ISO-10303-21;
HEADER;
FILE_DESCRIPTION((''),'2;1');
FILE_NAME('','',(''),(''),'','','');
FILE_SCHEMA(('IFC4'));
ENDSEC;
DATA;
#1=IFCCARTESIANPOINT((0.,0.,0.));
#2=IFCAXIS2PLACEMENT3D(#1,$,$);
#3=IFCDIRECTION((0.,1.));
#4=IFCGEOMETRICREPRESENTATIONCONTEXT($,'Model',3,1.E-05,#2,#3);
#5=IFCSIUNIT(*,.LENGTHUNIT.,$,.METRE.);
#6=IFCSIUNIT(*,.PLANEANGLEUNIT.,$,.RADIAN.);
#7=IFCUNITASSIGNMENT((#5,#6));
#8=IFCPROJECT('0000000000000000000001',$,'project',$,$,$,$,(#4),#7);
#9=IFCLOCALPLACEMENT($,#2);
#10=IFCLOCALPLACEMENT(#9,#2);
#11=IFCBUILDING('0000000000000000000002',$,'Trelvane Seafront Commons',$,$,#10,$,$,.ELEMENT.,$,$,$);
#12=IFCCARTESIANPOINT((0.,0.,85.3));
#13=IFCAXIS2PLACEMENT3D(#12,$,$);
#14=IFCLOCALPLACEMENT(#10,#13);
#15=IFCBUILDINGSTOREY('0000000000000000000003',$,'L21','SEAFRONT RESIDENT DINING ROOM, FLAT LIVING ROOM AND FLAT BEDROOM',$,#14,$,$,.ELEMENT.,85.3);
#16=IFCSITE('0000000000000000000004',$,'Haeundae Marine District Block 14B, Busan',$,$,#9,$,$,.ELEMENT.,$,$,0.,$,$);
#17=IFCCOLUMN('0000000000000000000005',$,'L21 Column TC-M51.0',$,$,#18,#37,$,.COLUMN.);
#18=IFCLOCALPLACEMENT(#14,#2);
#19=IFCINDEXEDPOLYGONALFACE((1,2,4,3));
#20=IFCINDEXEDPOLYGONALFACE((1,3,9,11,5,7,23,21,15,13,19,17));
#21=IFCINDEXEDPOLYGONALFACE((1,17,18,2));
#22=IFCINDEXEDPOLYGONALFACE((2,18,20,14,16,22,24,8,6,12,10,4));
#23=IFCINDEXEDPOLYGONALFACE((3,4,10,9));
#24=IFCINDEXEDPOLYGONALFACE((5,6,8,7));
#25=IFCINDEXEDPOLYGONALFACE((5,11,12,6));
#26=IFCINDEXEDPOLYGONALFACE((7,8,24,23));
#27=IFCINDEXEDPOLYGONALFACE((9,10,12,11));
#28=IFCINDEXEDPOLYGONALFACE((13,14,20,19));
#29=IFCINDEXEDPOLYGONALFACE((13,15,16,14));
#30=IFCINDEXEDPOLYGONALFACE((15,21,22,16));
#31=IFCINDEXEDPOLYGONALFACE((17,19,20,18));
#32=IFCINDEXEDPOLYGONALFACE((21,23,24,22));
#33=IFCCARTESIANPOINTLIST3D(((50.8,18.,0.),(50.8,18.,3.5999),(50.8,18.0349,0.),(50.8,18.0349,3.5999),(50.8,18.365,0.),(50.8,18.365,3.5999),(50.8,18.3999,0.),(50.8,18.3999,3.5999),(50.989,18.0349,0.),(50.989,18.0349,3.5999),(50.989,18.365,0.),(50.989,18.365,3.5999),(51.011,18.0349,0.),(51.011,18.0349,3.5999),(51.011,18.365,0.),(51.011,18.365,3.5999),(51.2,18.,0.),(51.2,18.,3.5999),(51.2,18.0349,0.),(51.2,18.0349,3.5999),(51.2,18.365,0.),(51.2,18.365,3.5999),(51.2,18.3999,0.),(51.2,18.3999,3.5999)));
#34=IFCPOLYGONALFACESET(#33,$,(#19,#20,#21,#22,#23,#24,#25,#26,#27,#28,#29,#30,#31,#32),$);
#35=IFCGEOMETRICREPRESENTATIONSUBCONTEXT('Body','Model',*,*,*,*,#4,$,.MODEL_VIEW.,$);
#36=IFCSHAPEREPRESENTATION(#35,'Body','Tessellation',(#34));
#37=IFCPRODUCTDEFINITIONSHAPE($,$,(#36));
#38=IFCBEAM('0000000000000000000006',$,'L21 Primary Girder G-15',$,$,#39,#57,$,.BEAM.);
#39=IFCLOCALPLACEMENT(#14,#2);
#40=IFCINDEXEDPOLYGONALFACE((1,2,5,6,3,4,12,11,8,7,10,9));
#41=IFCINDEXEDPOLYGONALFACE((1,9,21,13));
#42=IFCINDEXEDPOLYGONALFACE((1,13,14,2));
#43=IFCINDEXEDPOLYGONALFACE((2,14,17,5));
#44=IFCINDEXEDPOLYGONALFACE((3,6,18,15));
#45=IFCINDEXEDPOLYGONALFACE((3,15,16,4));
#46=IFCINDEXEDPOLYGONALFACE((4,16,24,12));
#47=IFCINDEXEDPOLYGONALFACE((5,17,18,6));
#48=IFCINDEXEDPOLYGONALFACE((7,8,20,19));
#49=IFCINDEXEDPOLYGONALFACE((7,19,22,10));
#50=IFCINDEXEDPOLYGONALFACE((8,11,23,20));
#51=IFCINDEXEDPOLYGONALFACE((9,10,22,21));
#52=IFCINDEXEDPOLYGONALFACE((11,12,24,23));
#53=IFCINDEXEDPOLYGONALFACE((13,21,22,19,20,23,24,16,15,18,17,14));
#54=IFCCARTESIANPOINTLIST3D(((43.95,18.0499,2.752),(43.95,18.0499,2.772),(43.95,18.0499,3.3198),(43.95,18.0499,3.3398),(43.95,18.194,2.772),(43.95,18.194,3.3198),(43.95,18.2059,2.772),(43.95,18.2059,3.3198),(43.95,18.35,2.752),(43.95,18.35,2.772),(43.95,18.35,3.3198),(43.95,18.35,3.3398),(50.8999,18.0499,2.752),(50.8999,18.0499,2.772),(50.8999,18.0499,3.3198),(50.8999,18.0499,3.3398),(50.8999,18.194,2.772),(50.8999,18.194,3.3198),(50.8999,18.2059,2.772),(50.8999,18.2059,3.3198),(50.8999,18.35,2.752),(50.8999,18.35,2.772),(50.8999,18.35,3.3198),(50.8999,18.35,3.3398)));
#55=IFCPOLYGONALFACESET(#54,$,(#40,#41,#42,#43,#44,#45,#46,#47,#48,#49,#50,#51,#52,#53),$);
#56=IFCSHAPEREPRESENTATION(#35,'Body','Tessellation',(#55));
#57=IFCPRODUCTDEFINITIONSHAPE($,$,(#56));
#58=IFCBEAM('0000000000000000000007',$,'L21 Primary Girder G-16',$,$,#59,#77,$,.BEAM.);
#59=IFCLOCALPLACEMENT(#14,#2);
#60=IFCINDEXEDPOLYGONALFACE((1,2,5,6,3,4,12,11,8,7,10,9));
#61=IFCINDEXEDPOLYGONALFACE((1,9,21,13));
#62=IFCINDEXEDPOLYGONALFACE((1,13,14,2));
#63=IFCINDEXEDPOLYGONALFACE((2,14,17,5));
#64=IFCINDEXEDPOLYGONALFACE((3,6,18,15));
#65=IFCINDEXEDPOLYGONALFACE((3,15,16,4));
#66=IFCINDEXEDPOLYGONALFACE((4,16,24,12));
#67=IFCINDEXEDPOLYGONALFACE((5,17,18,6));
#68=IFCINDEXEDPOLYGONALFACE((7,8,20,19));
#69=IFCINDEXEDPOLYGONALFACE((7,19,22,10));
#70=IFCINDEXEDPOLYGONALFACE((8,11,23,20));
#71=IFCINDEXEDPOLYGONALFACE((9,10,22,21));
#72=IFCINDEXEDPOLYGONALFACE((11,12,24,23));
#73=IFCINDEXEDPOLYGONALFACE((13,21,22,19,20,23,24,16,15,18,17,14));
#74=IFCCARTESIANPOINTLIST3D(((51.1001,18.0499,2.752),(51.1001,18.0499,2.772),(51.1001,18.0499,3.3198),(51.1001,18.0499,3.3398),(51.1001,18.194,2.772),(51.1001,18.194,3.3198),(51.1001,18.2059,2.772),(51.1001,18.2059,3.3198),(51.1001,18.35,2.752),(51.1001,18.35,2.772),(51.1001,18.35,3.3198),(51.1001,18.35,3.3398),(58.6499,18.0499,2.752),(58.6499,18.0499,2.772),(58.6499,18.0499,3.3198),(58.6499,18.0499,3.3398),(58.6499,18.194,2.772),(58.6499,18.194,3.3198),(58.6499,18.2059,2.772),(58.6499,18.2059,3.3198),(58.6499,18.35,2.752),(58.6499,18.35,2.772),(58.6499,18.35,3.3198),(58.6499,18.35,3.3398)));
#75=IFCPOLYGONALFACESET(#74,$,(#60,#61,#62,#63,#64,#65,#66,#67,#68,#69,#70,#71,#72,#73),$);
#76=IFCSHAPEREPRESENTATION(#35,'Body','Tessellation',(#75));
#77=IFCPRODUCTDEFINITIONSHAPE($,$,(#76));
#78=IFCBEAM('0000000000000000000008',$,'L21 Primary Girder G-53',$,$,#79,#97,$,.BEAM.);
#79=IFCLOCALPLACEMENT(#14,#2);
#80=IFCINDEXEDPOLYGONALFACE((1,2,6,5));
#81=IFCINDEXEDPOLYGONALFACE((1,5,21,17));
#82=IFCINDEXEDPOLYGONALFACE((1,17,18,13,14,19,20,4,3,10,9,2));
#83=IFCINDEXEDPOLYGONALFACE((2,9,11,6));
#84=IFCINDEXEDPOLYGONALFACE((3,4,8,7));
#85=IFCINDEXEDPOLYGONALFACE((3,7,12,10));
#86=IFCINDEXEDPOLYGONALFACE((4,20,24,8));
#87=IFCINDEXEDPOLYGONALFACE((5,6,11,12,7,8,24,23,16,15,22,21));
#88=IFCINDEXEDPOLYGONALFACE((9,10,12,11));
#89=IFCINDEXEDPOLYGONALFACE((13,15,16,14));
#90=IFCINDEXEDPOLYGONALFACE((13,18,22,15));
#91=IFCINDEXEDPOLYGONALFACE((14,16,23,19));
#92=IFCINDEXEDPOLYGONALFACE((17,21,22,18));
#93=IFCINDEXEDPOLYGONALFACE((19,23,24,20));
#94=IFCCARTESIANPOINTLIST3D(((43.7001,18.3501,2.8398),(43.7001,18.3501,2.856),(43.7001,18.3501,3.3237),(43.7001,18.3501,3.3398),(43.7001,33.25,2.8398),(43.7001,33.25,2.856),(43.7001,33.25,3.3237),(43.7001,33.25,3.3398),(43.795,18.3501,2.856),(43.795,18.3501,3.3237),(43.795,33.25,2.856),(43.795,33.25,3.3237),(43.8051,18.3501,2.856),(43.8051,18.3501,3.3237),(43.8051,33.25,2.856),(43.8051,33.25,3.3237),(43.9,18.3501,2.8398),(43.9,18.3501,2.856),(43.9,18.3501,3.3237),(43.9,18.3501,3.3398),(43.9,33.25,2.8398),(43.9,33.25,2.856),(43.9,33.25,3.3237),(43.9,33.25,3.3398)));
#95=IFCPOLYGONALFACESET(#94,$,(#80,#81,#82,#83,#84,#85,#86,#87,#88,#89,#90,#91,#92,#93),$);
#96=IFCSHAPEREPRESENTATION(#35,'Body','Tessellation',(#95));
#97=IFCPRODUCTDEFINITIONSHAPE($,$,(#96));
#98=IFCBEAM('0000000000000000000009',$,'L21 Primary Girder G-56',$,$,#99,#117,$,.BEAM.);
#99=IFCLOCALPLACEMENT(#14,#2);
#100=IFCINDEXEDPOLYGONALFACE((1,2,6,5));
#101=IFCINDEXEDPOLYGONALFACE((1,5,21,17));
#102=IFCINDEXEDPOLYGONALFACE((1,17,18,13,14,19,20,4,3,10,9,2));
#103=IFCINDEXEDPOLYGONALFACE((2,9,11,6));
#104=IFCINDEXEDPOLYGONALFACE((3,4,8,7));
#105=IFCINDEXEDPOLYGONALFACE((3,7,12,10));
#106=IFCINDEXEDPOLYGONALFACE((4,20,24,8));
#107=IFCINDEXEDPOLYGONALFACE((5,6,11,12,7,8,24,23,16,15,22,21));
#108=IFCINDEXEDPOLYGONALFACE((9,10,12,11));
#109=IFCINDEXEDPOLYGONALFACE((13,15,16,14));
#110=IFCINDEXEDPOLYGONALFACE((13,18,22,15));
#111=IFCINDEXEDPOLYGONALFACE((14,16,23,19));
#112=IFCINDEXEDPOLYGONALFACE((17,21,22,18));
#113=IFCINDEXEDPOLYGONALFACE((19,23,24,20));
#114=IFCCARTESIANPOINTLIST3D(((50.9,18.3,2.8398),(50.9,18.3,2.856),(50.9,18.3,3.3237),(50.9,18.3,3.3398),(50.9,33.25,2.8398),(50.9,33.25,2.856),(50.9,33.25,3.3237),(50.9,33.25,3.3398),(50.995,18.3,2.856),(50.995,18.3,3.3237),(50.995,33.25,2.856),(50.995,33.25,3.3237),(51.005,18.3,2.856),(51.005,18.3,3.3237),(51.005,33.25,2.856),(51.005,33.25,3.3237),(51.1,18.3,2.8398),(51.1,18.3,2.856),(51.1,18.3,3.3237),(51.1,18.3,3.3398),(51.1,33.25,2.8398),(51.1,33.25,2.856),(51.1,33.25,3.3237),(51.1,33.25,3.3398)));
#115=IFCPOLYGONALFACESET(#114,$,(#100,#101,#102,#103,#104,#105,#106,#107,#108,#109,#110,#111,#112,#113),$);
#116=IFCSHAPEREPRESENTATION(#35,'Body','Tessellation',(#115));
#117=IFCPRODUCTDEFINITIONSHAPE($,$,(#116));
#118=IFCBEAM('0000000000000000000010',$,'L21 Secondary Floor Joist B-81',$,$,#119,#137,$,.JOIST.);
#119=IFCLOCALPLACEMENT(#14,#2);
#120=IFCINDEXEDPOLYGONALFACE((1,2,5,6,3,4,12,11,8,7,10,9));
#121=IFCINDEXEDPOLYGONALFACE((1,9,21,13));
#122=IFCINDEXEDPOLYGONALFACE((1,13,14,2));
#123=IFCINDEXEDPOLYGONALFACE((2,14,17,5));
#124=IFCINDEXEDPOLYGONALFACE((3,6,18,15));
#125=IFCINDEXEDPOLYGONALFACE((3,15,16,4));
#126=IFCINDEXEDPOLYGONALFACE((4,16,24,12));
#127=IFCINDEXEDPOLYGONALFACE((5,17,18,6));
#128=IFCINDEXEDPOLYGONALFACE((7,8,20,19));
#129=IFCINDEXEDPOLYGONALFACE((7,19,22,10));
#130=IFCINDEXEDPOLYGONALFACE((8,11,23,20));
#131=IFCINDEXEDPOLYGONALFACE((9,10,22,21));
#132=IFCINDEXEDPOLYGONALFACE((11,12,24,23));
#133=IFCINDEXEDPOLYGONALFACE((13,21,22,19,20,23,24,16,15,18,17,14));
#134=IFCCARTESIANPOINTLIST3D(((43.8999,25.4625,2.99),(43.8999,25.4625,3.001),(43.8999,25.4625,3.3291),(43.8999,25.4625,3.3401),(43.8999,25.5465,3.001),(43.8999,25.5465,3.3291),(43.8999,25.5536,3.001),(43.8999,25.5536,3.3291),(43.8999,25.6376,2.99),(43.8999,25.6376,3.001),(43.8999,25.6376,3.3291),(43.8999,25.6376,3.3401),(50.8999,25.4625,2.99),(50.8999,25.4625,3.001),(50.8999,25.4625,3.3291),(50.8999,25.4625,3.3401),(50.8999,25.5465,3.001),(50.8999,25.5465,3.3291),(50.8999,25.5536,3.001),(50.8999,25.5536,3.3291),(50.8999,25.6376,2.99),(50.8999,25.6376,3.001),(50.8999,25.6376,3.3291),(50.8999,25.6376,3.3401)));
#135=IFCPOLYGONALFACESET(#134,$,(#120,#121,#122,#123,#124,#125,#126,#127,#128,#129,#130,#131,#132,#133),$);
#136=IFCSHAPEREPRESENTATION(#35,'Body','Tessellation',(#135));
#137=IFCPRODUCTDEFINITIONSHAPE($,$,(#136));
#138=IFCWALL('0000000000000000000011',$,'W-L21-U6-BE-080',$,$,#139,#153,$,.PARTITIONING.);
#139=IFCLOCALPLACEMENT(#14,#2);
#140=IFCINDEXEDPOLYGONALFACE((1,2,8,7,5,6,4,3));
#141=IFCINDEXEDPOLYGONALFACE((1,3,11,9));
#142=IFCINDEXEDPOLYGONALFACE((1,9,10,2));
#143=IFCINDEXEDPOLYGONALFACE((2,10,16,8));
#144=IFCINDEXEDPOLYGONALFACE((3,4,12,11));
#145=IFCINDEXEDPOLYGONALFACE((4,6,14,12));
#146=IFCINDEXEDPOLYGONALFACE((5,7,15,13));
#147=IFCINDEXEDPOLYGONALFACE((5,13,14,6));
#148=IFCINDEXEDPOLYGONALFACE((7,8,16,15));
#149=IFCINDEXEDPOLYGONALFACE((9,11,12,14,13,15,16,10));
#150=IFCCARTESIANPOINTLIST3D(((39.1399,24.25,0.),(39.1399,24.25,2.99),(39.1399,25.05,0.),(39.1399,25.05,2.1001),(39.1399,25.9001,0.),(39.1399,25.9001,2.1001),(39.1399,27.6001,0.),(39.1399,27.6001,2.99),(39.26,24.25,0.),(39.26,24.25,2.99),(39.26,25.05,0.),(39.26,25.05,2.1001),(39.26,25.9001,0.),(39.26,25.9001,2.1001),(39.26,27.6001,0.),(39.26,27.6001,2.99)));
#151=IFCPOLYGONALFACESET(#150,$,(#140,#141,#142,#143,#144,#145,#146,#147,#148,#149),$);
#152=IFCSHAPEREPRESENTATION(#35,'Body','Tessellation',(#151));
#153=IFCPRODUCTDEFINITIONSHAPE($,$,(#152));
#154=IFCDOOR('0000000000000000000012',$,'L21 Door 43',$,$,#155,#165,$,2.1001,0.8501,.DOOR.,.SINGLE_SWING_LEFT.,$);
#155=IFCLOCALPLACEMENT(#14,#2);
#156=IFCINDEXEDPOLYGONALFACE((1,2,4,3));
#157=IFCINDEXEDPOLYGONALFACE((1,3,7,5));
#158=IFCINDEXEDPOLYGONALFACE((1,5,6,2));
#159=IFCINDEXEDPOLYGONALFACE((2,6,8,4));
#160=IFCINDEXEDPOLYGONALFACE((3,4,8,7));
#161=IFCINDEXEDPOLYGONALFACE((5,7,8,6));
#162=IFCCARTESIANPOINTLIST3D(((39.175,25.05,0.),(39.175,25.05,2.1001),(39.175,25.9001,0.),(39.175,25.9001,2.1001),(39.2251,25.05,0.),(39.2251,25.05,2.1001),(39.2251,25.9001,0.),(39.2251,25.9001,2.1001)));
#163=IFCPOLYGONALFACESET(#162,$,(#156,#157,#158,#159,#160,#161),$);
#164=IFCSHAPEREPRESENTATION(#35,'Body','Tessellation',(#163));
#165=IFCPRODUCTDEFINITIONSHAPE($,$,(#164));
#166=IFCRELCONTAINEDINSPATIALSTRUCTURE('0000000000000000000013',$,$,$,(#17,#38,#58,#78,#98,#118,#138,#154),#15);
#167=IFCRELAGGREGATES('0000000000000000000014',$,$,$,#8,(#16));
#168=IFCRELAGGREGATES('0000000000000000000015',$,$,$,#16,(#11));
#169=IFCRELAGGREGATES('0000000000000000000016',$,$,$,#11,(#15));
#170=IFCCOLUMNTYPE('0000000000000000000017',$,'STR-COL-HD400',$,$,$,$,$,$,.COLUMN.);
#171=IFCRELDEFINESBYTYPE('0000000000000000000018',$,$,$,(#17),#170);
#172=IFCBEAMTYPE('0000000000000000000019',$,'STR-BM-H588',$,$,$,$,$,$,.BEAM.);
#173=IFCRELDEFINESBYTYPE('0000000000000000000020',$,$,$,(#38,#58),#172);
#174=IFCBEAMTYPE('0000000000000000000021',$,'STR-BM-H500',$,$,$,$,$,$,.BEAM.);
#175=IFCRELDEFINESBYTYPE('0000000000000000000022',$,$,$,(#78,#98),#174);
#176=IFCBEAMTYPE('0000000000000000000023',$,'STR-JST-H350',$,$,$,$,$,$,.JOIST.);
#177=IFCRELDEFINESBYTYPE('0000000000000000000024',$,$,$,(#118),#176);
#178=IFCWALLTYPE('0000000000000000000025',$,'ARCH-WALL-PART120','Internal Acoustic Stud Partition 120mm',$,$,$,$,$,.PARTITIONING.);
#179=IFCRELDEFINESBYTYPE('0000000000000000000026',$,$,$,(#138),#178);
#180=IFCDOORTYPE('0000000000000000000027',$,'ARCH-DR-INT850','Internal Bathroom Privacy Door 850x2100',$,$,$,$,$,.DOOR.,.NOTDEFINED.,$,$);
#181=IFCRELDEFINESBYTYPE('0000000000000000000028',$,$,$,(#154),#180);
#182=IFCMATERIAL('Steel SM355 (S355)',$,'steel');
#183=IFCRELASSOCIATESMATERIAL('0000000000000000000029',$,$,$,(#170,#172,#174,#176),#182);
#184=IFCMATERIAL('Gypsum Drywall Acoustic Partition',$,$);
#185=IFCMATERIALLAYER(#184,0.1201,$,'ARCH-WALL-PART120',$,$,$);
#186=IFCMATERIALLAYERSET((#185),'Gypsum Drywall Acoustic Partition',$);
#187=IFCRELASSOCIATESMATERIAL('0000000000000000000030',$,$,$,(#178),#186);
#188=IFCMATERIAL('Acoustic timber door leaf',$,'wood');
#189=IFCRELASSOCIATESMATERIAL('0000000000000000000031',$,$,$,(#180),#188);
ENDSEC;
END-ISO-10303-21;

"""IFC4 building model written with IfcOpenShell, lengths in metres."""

from ifc_helpers import new_model, si_unit, direction, frame, frame_2d, origin, origin_2d, place, context, subcontext, project, spatial, rectangle, i_section, extrude, source, transform, mapped, material, layer, layer_set, material_profile, profile_set, type_object, element, fill, save


model = new_model("IFC4")

# Units and contexts
model_context = context("Model", 3, precision=1e-05, world=origin(), true_north=direction((0.0, 1.0)))
body_context = subcontext(model_context, "Body", "Model", "MODEL_VIEW")
ifc_project = project(units=[si_unit("LENGTHUNIT", "METRE"), si_unit("PLANEANGLEUNIT", "RADIAN")], contexts=[model_context])

# Site, building, storey
site_placement = place(None, origin())
site = spatial("IfcSite", under=ifc_project, at=site_placement, Name="Haeundae Marine District Block 14B, Busan", CompositionType="ELEMENT", RefElevation=0.0)
building_placement = place(site_placement, origin())
building = spatial("IfcBuilding", under=site, at=building_placement, Name="Trelvane Seafront Commons", CompositionType="ELEMENT")
storey_placement = place(building_placement, frame((0.0, 0.0, 85.3)))
storey = spatial("IfcBuildingStorey", under=building, at=storey_placement, Name="L21", Description="SEAFRONT RESIDENT DINING ROOM, FLAT LIVING ROOM AND FLAT BEDROOM", CompositionType="ELEMENT", Elevation=85.3)

# Column
ifc_material_1 = material(Name="Steel SM355 (S355)", Category="steel")
ifc_material_profile_1 = material_profile(ifc_material_1, i_section(OverallWidth=0.3999, OverallDepth=0.3999, WebThickness=0.022, FlangeThickness=0.0349, at=origin_2d()), Name="HD-400x400x22x35")
ifc_profile_set_1 = profile_set([ifc_material_profile_1], Name="Steel SM355 (S355)")
column_type = type_object("IfcColumnType", Name="STR-COL-HD400", PredefinedType="COLUMN", material=ifc_profile_set_1)
shared_shape_1 = source(origin(), body_context, "Body", "SweptSolid", [
    extrude(i_section(OverallWidth=0.3999, OverallDepth=0.3999, WebThickness=0.022, FlangeThickness=0.0349, at=origin_2d()), origin(), (0.0, 0.0, 1.0), 3.5999),
])
column_placement = place(storey_placement, frame((51.0, 18.2, 0.0), z_axis=(0.0, 0.0, 1.0), x_axis=(1.0, 0.0, 0.0)))
element("IfcColumn", 1, at=column_placement, inside=storey, type_object=column_type, Name="L21 Column TC-M51.0", PredefinedType="COLUMN", context=body_context, shape_type="MappedRepresentation", body=[
    mapped(shared_shape_1, transform((0.0, 0.0, 0.0), x_axis=(1.0, 0.0, 0.0), y_axis=(0.0, 1.0, 0.0), z_axis=(0.0, 0.0, 1.0), scale=1.0)),
])

# Beams
ifc_material_profile_2 = material_profile(ifc_material_1, i_section(OverallWidth=0.3, OverallDepth=0.5879, WebThickness=0.012, FlangeThickness=0.02, at=origin_2d()), Name="H-588x300x12x20")
ifc_profile_set_2 = profile_set([ifc_material_profile_2], Name="Steel SM355 (S355)")
beam_type_1 = type_object("IfcBeamType", Name="STR-BM-H588", PredefinedType="BEAM", material=ifc_profile_set_2)
shared_shape_2 = source(origin(), body_context, "Body", "SweptSolid", [
    extrude(i_section(OverallWidth=0.3, OverallDepth=0.5879, WebThickness=0.012, FlangeThickness=0.02, at=origin_2d()), origin(), (0.0, 0.0, 1.0), 6.95),
])
beam_1_placement = place(storey_placement, frame((43.95, 18.2, 3.0459), z_axis=(1.0, 0.0, 0.0), x_axis=(0.0, 1.0, 0.0)))
element("IfcBeam", 2, at=beam_1_placement, inside=storey, type_object=beam_type_1, Name="L21 Primary Girder G-15", PredefinedType="BEAM", context=body_context, shape_type="MappedRepresentation", body=[
    mapped(shared_shape_2, transform((0.0, 0.0, 0.0), x_axis=(1.0, 0.0, 0.0), y_axis=(0.0, 1.0, 0.0), z_axis=(0.0, 0.0, 1.0), scale=1.0)),
])
shared_shape_3 = source(origin(), body_context, "Body", "SweptSolid", [
    extrude(i_section(OverallWidth=0.3, OverallDepth=0.5879, WebThickness=0.012, FlangeThickness=0.02, at=origin_2d()), origin(), (0.0, 0.0, 1.0), 7.5498),
])
beam_2_placement = place(storey_placement, frame((51.1001, 18.2, 3.0459), z_axis=(1.0, 0.0, 0.0), x_axis=(0.0, 1.0, 0.0)))
element("IfcBeam", 3, at=beam_2_placement, inside=storey, type_object=beam_type_1, Name="L21 Primary Girder G-16", PredefinedType="BEAM", context=body_context, shape_type="MappedRepresentation", body=[
    mapped(shared_shape_3, transform((0.0, 0.0, 0.0), x_axis=(1.0, 0.0, 0.0), y_axis=(0.0, 1.0, 0.0), z_axis=(0.0, 0.0, 1.0), scale=1.0)),
])
ifc_material_profile_3 = material_profile(ifc_material_1, i_section(OverallWidth=0.2, OverallDepth=0.5, WebThickness=0.01, FlangeThickness=0.0161, at=origin_2d()), Name="H-500x200x10x16")
ifc_profile_set_3 = profile_set([ifc_material_profile_3], Name="Steel SM355 (S355)")
beam_type_2 = type_object("IfcBeamType", Name="STR-BM-H500", PredefinedType="BEAM", material=ifc_profile_set_3)
shared_shape_4 = source(origin(), body_context, "Body", "SweptSolid", [
    extrude(i_section(OverallWidth=0.2, OverallDepth=0.5, WebThickness=0.01, FlangeThickness=0.0161, at=origin_2d()), origin(), (0.0, 0.0, 1.0), 14.8999),
])
beam_3_placement = place(storey_placement, frame((43.8, 18.3501, 3.0898), z_axis=(0.0, 1.0, 0.0), x_axis=(-1.0, 0.0, 0.0)))
element("IfcBeam", 4, at=beam_3_placement, inside=storey, type_object=beam_type_2, Name="L21 Primary Girder G-53", PredefinedType="BEAM", context=body_context, shape_type="MappedRepresentation", body=[
    mapped(shared_shape_4, transform((0.0, 0.0, 0.0), x_axis=(1.0, 0.0, 0.0), y_axis=(0.0, 1.0, 0.0), z_axis=(0.0, 0.0, 1.0), scale=1.0)),
])
shared_shape_5 = source(origin(), body_context, "Body", "SweptSolid", [
    extrude(i_section(OverallWidth=0.2, OverallDepth=0.5, WebThickness=0.01, FlangeThickness=0.0161, at=origin_2d()), origin(), (0.0, 0.0, 1.0), 14.95),
])
beam_4_placement = place(storey_placement, frame((51.0, 18.3, 3.0898), z_axis=(0.0, 1.0, 0.0), x_axis=(-1.0, 0.0, 0.0)))
element("IfcBeam", 5, at=beam_4_placement, inside=storey, type_object=beam_type_2, Name="L21 Primary Girder G-56", PredefinedType="BEAM", context=body_context, shape_type="MappedRepresentation", body=[
    mapped(shared_shape_5, transform((0.0, 0.0, 0.0), x_axis=(1.0, 0.0, 0.0), y_axis=(0.0, 1.0, 0.0), z_axis=(0.0, 0.0, 1.0), scale=1.0)),
])
ifc_material_profile_4 = material_profile(ifc_material_1, i_section(OverallWidth=0.175, OverallDepth=0.3501, WebThickness=0.0071, FlangeThickness=0.011, at=origin_2d()), Name="H-350x175x7x11")
ifc_profile_set_4 = profile_set([ifc_material_profile_4], Name="Steel SM355 (S355)")
beam_type_3 = type_object("IfcBeamType", Name="STR-JST-H350", PredefinedType="JOIST", material=ifc_profile_set_4)
shared_shape_6 = source(origin(), body_context, "Body", "SweptSolid", [
    extrude(i_section(OverallWidth=0.175, OverallDepth=0.3501, WebThickness=0.0071, FlangeThickness=0.011, at=origin_2d()), origin(), (0.0, 0.0, 1.0), 7.0),
])
beam_5_placement = place(storey_placement, frame((43.8999, 25.55, 3.165), z_axis=(1.0, 0.0, 0.0), x_axis=(0.0, 1.0, 0.0)))
element("IfcBeam", 6, at=beam_5_placement, inside=storey, type_object=beam_type_3, Name="L21 Secondary Floor Joist B-81", PredefinedType="JOIST", context=body_context, shape_type="MappedRepresentation", body=[
    mapped(shared_shape_6, transform((0.0, 0.0, 0.0), x_axis=(1.0, 0.0, 0.0), y_axis=(0.0, 1.0, 0.0), z_axis=(0.0, 0.0, 1.0), scale=1.0)),
])

# Wall, opening, door
ifc_material_2 = material(Name="Gypsum Drywall Acoustic Partition")
ifc_layer = layer(ifc_material_2, 0.1201, Name="ARCH-WALL-PART120")
ifc_layer_set = layer_set([ifc_layer], Name="Gypsum Drywall Acoustic Partition")
wall_type = type_object("IfcWallType", Name="ARCH-WALL-PART120", Description="Internal Acoustic Stud Partition 120mm", PredefinedType="PARTITIONING", material=ifc_layer_set)
wall_1_placement = place(storey_placement, frame((39.2, 24.25, 0.0), z_axis=(0.0, 0.0, 1.0), x_axis=(0.0, 1.0, 0.0)))
wall_1 = element("IfcWall", 7, at=wall_1_placement, inside=storey, type_object=wall_type, Name="W-L21-U6-BE-080", PredefinedType="PARTITIONING", context=body_context, shape_type="SweptSolid", body=[
    extrude(rectangle(XDim=3.3501, YDim=0.1201, at=frame_2d((1.675, 0.0))), origin(), (0.0, 0.0, 1.0), 2.99),
])
opening_1_placement = place(wall_1_placement, frame((0.8, 0.0, 0.0)))
opening_1 = element("IfcOpeningElement", 8, at=opening_1_placement, cuts=wall_1, PredefinedType="OPENING", context=body_context, shape_type="SweptSolid", body=[
    extrude(rectangle(XDim=0.8501, YDim=2.1001, at=frame_2d((0.425, 1.05))), frame((0.0, 0.0701, 0.0), z_axis=(0.0, -1.0, 0.0), x_axis=(1.0, 0.0, 0.0)), (0.0, 0.0, 1.0), 0.1401),
])
ifc_material_3 = material(Name="Acoustic timber door leaf", Category="wood")
door_type_1 = type_object("IfcDoorType", Name="ARCH-DR-INT850", Description="Internal Bathroom Privacy Door 850x2100", OperationType="NOTDEFINED", PredefinedType="DOOR", material=ifc_material_3)
shared_shape_7 = source(origin(), body_context, "Body", "SweptSolid", [
    extrude(rectangle(XDim=0.8501, YDim=2.1001, at=frame_2d((0.425, 1.05))), frame((0.0, 0.0249, 0.0), z_axis=(0.0, -1.0, 0.0), x_axis=(1.0, 0.0, 0.0)), (0.0, 0.0, 1.0), 0.05),
])
door_1_placement = place(opening_1_placement, origin())
door_1 = element("IfcDoor", 9, at=door_1_placement, inside=storey, type_object=door_type_1, Name="L21 Door 43", OperationType="SINGLE_SWING_LEFT", OverallHeight=2.1001, OverallWidth=0.8501, PredefinedType="DOOR", context=body_context, shape_type="MappedRepresentation", body=[
    mapped(shared_shape_7, transform((0.0, 0.0, 0.0), x_axis=(1.0, 0.0, 0.0), y_axis=(0.0, 1.0, 0.0), z_axis=(0.0, 0.0, 1.0), scale=1.0)),
])
fill(opening_1, door_1)

save(model, "model.ifc")
